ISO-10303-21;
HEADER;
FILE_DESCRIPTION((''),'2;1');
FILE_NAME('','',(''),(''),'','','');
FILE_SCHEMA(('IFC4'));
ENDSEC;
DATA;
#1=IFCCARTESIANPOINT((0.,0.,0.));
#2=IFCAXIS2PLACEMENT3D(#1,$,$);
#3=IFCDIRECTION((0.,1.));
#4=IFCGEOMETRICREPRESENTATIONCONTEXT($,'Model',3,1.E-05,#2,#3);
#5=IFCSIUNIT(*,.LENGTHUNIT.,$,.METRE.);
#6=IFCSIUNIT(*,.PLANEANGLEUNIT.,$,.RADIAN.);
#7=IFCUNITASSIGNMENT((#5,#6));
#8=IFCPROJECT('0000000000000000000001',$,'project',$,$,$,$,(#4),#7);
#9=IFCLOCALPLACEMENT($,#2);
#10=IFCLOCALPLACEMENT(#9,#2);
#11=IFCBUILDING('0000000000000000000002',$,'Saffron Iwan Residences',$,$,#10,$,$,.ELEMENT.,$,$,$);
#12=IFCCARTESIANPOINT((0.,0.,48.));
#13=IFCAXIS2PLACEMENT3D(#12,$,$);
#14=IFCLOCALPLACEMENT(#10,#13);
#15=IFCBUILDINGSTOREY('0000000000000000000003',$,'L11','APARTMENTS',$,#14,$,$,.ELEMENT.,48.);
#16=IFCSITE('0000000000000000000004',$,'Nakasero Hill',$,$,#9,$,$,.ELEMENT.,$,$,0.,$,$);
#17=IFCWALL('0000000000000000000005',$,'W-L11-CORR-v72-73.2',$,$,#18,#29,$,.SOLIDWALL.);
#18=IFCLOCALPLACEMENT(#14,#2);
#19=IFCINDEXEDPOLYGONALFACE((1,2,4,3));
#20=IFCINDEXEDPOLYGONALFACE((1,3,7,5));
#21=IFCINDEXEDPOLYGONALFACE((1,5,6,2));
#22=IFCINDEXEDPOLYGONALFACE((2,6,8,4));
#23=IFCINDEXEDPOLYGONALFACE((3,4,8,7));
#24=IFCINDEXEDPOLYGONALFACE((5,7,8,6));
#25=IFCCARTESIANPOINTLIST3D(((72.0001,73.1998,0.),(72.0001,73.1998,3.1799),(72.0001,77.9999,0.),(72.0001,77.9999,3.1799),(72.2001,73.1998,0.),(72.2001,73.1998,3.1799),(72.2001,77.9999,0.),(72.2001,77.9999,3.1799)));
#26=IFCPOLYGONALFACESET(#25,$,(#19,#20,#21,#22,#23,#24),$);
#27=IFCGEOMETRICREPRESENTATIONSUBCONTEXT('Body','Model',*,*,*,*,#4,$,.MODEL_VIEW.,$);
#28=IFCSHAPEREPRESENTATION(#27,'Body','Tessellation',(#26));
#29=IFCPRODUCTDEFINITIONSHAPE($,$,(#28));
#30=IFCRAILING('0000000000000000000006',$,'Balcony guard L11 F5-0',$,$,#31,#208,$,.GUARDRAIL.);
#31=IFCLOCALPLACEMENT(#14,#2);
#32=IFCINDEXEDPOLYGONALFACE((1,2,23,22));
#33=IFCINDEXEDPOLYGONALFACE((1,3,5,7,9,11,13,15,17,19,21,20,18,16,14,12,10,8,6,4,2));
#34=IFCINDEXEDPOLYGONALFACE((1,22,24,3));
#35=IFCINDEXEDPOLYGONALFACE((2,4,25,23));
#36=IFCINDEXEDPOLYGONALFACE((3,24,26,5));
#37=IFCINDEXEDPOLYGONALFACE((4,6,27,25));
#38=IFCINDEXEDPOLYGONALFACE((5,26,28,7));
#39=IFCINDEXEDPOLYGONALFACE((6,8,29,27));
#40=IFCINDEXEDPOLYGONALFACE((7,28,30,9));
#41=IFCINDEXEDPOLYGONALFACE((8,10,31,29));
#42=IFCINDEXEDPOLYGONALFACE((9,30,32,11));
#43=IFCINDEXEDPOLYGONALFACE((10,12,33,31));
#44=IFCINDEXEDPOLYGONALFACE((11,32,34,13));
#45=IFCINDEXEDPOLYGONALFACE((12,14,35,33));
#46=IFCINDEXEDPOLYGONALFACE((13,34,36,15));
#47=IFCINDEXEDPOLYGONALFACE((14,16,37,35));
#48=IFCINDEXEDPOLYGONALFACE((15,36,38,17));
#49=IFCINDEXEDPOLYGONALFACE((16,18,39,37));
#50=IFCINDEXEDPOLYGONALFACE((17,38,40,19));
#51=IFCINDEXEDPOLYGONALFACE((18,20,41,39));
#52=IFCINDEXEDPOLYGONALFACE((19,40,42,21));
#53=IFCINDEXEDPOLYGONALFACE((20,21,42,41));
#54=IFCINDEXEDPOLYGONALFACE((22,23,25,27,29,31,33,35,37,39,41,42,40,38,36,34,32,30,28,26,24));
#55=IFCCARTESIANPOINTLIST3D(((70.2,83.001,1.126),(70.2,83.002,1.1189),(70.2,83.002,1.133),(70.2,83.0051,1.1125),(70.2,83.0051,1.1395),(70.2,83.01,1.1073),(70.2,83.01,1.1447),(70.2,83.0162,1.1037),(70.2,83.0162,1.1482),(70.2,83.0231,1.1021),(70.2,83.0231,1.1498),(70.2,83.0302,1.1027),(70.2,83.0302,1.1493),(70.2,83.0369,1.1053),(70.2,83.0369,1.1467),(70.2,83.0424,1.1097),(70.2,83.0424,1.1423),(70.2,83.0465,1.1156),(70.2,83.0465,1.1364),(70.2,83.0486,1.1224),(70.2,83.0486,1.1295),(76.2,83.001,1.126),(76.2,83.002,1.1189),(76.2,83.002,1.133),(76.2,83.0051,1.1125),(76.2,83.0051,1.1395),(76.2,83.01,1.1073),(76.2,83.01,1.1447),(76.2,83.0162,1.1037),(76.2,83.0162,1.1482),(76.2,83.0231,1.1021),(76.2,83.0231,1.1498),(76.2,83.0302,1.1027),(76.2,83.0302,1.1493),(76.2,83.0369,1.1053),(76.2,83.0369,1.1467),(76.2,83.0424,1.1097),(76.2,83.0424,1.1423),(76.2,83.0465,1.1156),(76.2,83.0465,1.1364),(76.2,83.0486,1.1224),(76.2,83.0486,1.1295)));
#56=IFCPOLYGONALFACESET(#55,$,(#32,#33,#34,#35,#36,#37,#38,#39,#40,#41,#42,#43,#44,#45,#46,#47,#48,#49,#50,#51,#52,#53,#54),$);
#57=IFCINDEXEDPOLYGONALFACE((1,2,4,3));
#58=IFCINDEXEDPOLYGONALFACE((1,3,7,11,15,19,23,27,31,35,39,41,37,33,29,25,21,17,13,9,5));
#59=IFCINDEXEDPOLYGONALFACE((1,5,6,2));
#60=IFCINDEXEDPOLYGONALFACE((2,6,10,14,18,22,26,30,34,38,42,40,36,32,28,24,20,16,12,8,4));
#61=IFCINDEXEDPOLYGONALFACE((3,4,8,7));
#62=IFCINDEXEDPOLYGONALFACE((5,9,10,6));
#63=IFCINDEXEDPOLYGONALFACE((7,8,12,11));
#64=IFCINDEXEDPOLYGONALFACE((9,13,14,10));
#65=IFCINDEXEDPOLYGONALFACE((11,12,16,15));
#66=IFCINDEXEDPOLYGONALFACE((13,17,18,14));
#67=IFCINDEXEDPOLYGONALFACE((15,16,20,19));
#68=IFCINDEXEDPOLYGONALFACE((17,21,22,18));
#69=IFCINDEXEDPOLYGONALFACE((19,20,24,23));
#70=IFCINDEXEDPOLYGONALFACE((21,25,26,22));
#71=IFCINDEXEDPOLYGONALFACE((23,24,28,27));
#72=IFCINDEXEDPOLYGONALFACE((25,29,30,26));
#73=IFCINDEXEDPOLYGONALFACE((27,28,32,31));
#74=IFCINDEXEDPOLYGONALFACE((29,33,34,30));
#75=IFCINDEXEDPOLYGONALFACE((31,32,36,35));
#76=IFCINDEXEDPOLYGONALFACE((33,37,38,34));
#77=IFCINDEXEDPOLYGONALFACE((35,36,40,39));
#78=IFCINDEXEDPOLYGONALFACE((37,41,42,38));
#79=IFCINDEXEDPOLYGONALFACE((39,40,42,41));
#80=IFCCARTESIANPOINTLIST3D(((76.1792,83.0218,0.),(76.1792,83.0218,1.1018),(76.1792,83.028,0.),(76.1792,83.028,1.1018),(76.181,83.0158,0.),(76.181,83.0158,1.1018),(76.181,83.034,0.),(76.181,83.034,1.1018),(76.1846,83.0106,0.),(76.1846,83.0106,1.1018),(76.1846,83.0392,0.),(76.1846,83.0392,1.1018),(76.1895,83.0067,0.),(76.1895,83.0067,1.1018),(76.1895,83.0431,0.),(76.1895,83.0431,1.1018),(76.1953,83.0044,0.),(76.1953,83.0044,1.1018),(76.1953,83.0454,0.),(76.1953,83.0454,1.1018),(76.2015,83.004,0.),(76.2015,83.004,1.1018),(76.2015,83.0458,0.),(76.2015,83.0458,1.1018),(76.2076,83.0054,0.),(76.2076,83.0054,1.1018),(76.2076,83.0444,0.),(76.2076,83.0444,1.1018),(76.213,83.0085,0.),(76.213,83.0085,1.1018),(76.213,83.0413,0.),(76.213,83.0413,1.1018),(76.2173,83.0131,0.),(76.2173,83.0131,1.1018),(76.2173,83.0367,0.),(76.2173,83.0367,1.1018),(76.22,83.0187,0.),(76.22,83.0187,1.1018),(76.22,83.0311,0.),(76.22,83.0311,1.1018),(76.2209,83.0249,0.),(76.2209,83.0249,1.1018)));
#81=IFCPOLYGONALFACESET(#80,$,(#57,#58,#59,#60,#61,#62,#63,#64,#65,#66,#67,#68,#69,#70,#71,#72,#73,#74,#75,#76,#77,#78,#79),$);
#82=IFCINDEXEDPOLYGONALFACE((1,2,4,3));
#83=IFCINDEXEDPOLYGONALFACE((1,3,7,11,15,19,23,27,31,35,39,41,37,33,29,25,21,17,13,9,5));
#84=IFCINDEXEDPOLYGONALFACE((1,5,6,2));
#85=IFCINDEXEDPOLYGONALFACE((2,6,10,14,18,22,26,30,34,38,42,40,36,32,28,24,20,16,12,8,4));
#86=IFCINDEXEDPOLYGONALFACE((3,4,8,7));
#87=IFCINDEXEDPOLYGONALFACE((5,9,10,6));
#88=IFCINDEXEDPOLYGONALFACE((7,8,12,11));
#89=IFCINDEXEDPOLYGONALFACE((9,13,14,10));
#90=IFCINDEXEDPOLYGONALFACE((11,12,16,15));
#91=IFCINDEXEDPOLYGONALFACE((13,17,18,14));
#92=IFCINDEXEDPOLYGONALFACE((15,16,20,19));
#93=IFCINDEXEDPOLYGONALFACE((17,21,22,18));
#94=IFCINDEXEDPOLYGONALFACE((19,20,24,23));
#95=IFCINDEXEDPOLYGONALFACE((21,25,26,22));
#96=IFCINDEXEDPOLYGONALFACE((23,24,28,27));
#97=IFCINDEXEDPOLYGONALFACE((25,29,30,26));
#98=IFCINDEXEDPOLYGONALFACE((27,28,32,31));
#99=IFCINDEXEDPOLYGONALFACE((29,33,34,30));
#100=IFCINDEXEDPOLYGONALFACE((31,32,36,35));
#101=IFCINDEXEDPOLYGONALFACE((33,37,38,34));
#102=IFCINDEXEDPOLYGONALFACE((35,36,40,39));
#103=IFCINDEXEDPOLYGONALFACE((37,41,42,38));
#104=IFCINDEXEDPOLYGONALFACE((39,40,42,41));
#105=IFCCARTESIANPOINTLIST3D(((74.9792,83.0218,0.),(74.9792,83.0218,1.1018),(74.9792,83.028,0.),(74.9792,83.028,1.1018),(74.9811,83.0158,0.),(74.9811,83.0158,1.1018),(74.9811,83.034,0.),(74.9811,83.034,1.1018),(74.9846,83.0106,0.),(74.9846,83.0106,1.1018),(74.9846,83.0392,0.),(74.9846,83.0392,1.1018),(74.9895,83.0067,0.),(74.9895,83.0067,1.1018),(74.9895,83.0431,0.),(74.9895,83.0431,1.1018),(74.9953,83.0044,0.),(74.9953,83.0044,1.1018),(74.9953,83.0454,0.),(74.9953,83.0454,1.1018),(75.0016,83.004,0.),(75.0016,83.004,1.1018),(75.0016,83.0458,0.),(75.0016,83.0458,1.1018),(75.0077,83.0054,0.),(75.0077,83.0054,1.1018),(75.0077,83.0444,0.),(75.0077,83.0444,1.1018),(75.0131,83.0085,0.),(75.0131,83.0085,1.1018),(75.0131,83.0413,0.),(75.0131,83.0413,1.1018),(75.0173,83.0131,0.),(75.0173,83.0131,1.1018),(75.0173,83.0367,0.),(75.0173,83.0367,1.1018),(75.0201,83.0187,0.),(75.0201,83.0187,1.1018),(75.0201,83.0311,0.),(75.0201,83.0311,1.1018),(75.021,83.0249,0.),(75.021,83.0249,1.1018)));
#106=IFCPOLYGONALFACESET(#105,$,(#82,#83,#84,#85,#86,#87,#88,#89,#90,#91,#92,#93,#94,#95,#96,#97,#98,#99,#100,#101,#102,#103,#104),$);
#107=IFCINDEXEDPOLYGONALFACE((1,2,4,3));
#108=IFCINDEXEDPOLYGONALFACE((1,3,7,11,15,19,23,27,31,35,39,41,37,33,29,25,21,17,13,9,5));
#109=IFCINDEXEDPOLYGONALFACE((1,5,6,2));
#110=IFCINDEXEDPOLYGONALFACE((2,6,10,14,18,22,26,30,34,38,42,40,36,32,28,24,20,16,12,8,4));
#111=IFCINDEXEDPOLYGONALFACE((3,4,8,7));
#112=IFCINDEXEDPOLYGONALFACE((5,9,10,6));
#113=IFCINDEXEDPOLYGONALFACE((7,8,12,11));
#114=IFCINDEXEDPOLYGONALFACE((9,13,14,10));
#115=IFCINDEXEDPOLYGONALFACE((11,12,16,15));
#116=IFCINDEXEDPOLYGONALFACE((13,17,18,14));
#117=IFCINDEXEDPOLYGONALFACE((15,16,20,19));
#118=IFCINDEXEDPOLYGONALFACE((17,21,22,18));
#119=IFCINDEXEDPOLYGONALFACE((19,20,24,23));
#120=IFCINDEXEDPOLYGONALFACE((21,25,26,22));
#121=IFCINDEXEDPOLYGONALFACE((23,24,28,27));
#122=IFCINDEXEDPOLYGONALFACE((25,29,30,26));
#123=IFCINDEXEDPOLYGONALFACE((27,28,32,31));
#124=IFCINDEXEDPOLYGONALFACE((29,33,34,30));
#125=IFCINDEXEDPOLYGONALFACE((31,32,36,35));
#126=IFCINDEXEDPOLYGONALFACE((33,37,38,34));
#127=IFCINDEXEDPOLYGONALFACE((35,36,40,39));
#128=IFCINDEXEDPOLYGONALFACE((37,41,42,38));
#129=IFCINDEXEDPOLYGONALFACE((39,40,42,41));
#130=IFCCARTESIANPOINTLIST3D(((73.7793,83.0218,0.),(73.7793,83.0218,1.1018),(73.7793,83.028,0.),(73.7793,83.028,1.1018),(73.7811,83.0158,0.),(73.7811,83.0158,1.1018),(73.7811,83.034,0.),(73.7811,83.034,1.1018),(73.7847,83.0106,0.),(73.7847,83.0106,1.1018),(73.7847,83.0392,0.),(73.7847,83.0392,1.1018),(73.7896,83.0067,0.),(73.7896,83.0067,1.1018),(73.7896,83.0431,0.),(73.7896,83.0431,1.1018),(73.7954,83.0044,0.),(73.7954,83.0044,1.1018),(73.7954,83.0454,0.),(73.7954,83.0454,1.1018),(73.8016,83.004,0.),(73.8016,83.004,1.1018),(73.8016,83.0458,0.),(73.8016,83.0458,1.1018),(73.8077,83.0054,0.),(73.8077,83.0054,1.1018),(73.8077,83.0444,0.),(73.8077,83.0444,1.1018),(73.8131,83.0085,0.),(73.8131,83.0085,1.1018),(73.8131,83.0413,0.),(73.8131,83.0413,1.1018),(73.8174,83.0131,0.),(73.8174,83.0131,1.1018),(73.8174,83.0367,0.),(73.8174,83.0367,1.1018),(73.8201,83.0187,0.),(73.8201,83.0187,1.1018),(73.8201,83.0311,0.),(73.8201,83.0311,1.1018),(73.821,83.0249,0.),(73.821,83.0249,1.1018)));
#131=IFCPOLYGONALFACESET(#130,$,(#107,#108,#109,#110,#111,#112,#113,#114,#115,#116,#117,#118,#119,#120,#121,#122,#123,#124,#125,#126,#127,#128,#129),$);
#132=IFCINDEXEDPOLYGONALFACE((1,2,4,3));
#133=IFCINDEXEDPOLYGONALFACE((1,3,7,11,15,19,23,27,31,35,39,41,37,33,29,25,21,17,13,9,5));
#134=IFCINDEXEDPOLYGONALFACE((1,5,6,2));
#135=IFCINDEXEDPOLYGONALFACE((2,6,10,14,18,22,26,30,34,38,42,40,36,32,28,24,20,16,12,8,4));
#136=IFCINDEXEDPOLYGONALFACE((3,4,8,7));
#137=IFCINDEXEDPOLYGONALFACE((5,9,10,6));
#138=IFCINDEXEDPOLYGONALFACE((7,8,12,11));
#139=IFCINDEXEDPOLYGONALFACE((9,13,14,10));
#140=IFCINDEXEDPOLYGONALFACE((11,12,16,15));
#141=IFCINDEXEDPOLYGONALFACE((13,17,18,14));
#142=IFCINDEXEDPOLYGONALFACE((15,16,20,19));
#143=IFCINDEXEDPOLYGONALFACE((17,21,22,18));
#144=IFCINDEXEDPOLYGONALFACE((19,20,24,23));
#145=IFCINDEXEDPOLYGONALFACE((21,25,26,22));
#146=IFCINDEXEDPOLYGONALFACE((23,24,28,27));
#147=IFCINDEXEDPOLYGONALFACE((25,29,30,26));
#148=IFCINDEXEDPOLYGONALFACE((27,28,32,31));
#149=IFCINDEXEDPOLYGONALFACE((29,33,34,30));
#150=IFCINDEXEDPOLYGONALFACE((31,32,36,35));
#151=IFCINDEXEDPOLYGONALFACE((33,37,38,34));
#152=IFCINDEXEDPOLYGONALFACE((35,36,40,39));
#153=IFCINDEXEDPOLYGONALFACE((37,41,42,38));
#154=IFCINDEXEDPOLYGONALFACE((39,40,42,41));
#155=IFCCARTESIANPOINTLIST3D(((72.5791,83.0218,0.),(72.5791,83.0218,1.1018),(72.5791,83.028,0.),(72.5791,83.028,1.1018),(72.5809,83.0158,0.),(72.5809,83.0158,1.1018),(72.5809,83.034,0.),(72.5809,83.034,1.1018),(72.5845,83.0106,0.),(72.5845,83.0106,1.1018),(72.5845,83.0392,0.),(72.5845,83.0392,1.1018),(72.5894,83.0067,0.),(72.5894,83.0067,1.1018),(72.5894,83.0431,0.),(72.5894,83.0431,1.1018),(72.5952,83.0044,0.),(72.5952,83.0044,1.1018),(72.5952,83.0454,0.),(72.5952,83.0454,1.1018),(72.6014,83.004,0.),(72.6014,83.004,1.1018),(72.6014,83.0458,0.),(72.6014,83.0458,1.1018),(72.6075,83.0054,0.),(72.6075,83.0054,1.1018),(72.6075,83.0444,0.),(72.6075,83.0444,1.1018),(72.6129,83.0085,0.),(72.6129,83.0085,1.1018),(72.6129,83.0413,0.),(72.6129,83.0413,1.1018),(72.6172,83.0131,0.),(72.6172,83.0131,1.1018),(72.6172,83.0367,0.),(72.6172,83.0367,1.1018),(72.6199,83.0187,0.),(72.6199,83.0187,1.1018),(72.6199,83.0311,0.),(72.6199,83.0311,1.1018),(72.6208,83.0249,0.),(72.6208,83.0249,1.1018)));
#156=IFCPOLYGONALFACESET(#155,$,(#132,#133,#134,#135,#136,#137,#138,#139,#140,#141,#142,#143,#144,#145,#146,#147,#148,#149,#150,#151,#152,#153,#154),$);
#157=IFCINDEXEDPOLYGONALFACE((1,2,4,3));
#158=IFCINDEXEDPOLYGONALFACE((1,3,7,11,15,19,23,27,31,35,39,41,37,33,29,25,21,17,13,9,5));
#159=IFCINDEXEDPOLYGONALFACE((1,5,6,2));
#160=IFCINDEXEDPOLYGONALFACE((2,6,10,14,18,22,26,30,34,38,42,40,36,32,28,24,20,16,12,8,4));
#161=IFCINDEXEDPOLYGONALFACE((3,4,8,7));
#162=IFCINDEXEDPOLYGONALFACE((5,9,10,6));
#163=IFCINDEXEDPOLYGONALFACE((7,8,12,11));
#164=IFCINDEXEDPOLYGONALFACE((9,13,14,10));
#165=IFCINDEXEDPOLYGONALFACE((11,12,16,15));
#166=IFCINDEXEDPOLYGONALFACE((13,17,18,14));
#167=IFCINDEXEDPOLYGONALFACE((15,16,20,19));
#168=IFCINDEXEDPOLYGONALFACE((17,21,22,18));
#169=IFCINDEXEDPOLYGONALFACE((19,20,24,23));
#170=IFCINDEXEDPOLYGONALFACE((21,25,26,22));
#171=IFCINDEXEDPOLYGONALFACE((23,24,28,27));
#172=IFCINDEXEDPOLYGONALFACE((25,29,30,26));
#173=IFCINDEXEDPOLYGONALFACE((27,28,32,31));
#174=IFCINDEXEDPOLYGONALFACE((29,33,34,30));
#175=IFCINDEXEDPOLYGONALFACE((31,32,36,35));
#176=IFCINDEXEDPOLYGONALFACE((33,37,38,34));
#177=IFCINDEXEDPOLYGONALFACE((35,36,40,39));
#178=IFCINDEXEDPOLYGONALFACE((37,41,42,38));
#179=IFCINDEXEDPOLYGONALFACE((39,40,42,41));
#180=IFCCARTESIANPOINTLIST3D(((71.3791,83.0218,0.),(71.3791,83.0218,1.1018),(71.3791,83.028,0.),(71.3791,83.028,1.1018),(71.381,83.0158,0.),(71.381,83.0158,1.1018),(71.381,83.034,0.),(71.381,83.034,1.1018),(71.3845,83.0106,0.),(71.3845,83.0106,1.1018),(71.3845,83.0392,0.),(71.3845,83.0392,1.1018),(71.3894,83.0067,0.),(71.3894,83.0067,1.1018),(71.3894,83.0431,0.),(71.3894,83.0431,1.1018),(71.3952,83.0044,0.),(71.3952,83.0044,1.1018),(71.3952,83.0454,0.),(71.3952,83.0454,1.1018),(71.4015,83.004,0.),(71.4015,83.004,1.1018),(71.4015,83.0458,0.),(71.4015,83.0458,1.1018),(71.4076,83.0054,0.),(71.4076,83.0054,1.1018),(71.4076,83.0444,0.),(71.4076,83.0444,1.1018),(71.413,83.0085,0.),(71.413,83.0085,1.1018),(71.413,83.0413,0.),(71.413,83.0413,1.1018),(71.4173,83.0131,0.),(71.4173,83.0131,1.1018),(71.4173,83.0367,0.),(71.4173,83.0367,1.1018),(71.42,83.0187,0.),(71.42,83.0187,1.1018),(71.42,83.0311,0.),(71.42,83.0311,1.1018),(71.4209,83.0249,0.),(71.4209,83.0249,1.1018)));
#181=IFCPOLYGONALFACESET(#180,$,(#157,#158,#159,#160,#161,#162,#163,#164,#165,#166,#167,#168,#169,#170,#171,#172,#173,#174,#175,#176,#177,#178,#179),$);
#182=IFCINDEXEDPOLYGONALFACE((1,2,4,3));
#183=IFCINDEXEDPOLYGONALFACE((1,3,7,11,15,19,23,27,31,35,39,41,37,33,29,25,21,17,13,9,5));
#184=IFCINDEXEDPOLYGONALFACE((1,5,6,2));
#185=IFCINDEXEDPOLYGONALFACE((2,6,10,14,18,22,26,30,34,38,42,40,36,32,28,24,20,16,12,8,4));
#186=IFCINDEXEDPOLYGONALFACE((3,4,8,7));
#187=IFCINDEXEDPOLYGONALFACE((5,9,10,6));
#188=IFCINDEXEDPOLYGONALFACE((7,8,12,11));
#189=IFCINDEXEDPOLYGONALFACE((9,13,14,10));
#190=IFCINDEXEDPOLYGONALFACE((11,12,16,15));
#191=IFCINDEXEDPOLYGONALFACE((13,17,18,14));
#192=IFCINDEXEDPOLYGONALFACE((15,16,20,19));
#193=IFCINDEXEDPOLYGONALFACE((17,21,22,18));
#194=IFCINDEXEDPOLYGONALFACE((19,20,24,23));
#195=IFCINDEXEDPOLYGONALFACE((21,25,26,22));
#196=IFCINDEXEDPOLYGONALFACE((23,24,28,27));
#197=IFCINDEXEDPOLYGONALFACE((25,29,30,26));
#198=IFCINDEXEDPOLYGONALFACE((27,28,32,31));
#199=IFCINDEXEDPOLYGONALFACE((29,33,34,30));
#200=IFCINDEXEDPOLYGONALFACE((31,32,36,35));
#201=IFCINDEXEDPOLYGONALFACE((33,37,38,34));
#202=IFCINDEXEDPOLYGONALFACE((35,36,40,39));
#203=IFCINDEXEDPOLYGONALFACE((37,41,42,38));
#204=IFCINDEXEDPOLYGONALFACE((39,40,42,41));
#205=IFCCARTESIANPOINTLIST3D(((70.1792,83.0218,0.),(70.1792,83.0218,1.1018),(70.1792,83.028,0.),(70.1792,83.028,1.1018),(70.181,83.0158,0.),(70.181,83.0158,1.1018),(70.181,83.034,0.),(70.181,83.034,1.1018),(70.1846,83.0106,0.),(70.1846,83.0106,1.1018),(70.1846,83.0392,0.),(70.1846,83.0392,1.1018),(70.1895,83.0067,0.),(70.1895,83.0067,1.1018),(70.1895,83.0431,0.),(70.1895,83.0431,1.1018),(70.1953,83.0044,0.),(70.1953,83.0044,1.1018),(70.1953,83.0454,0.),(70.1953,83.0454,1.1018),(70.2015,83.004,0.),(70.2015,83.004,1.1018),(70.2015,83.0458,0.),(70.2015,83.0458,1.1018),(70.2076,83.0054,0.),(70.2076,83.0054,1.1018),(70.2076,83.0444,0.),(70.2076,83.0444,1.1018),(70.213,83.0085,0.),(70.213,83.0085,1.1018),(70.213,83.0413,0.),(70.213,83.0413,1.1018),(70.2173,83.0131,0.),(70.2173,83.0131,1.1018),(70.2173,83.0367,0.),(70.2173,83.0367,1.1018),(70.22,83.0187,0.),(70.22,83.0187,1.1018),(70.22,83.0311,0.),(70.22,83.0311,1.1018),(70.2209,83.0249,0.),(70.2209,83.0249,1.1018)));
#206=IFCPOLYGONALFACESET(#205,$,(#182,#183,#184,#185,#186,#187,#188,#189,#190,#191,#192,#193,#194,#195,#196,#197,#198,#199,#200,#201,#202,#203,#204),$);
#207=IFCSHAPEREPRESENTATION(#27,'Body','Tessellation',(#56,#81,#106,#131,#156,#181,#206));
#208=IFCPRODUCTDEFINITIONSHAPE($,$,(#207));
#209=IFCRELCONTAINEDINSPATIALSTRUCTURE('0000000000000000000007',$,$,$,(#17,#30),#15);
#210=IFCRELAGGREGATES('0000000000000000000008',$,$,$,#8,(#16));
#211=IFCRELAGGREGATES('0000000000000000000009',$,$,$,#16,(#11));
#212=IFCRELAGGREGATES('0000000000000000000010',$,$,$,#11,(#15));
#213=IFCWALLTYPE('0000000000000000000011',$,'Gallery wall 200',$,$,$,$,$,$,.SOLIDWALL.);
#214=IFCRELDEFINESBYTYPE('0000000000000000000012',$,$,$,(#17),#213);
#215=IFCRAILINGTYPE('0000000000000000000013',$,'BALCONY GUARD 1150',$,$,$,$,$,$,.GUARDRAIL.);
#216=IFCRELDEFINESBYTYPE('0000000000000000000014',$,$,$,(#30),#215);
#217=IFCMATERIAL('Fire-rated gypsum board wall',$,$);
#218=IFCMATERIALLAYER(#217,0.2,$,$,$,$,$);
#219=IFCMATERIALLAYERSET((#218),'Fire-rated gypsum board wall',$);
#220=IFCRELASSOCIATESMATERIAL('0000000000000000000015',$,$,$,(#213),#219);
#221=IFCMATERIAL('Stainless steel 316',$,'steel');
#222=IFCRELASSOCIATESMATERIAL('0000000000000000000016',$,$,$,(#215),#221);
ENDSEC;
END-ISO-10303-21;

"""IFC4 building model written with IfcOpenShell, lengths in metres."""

from ifc_helpers import new_model, si_unit, direction, frame, frame_2d, origin, origin_2d, place, context, subcontext, project, spatial, rectangle, circle, extrude, material, layer, layer_set, type_object, element, save


model = new_model("IFC4")

# Units and contexts
model_context = context("Model", 3, precision=1e-05, world=origin(), true_north=direction((0.0, 1.0)))
body_context = subcontext(model_context, "Body", "Model", "MODEL_VIEW")
ifc_project = project(units=[si_unit("LENGTHUNIT", "METRE"), si_unit("PLANEANGLEUNIT", "RADIAN")], contexts=[model_context])

# Site, building, storey
site_placement = place(None, origin())
site = spatial("IfcSite", under=ifc_project, at=site_placement, Name="Nakasero Hill", CompositionType="ELEMENT", RefElevation=0.0)
building_placement = place(site_placement, origin())
building = spatial("IfcBuilding", under=site, at=building_placement, Name="Saffron Iwan Residences", CompositionType="ELEMENT")
storey_placement = place(building_placement, frame((0.0, 0.0, 48.0)))
storey = spatial("IfcBuildingStorey", under=building, at=storey_placement, Name="L11", Description="APARTMENTS", CompositionType="ELEMENT", Elevation=48.0)

# Wall
ifc_material_1 = material(Name="Fire-rated gypsum board wall")
ifc_layer_1 = layer(ifc_material_1, 0.2)
ifc_layer_set_1 = layer_set([ifc_layer_1], Name="Fire-rated gypsum board wall")
wall_type_1 = type_object("IfcWallType", Name="Gallery wall 200", PredefinedType="SOLIDWALL", material=ifc_layer_set_1)
wall_1_placement = place(storey_placement, frame((72.1001, 73.2, 0.0), z_axis=(0.0, 0.0, 1.0), x_axis=(0.0, 1.0, 0.0)))
element("IfcWall", 1, at=wall_1_placement, inside=storey, type_object=wall_type_1, Name="W-L11-CORR-v72-73.2", PredefinedType="SOLIDWALL", context=body_context, shape_type="SweptSolid", body=[
    extrude(rectangle(XDim=4.8, YDim=0.2, at=frame_2d((2.3999, 0.0))), origin(), (0.0, 0.0, 1.0), 3.1799),
])

# Railing
ifc_material_2 = material(Name="Stainless steel 316", Category="steel")
railing_type = type_object("IfcRailingType", Name="BALCONY GUARD 1150", PredefinedType="GUARDRAIL", material=ifc_material_2)
railing_placement = place(storey_placement, frame((76.2, 83.0249, 0.0)))
element("IfcRailing", 2, at=railing_placement, inside=storey, type_object=railing_type, Name="Balcony guard L11 F5-0", PredefinedType="GUARDRAIL", context=body_context, shape_type="SweptSolid", body=[
    extrude(circle(Radius=0.0239, at=origin_2d()), frame((0.0, 0.0, 1.126), z_axis=(-1.0, 0.0, 0.0), x_axis=(0.0, -1.0, 0.0)), (0.0, 0.0, 1.0), 6.0),
    extrude(circle(Radius=0.021, at=origin_2d()), origin(), (0.0, 0.0, 1.0), 1.1018),
    extrude(circle(Radius=0.021, at=origin_2d()), frame((-1.2, 0.0, 0.0)), (0.0, 0.0, 1.0), 1.1018),
    extrude(circle(Radius=0.021, at=origin_2d()), frame((-2.3999, 0.0, 0.0)), (0.0, 0.0, 1.0), 1.1018),
    extrude(circle(Radius=0.021, at=origin_2d()), frame((-3.6001, 0.0, 0.0)), (0.0, 0.0, 1.0), 1.1018),
    extrude(circle(Radius=0.021, at=origin_2d()), frame((-4.8, 0.0, 0.0)), (0.0, 0.0, 1.0), 1.1018),
    extrude(circle(Radius=0.021, at=origin_2d()), frame((-6.0, 0.0, 0.0)), (0.0, 0.0, 1.0), 1.1018),
])

save(model, "model.ifc")
